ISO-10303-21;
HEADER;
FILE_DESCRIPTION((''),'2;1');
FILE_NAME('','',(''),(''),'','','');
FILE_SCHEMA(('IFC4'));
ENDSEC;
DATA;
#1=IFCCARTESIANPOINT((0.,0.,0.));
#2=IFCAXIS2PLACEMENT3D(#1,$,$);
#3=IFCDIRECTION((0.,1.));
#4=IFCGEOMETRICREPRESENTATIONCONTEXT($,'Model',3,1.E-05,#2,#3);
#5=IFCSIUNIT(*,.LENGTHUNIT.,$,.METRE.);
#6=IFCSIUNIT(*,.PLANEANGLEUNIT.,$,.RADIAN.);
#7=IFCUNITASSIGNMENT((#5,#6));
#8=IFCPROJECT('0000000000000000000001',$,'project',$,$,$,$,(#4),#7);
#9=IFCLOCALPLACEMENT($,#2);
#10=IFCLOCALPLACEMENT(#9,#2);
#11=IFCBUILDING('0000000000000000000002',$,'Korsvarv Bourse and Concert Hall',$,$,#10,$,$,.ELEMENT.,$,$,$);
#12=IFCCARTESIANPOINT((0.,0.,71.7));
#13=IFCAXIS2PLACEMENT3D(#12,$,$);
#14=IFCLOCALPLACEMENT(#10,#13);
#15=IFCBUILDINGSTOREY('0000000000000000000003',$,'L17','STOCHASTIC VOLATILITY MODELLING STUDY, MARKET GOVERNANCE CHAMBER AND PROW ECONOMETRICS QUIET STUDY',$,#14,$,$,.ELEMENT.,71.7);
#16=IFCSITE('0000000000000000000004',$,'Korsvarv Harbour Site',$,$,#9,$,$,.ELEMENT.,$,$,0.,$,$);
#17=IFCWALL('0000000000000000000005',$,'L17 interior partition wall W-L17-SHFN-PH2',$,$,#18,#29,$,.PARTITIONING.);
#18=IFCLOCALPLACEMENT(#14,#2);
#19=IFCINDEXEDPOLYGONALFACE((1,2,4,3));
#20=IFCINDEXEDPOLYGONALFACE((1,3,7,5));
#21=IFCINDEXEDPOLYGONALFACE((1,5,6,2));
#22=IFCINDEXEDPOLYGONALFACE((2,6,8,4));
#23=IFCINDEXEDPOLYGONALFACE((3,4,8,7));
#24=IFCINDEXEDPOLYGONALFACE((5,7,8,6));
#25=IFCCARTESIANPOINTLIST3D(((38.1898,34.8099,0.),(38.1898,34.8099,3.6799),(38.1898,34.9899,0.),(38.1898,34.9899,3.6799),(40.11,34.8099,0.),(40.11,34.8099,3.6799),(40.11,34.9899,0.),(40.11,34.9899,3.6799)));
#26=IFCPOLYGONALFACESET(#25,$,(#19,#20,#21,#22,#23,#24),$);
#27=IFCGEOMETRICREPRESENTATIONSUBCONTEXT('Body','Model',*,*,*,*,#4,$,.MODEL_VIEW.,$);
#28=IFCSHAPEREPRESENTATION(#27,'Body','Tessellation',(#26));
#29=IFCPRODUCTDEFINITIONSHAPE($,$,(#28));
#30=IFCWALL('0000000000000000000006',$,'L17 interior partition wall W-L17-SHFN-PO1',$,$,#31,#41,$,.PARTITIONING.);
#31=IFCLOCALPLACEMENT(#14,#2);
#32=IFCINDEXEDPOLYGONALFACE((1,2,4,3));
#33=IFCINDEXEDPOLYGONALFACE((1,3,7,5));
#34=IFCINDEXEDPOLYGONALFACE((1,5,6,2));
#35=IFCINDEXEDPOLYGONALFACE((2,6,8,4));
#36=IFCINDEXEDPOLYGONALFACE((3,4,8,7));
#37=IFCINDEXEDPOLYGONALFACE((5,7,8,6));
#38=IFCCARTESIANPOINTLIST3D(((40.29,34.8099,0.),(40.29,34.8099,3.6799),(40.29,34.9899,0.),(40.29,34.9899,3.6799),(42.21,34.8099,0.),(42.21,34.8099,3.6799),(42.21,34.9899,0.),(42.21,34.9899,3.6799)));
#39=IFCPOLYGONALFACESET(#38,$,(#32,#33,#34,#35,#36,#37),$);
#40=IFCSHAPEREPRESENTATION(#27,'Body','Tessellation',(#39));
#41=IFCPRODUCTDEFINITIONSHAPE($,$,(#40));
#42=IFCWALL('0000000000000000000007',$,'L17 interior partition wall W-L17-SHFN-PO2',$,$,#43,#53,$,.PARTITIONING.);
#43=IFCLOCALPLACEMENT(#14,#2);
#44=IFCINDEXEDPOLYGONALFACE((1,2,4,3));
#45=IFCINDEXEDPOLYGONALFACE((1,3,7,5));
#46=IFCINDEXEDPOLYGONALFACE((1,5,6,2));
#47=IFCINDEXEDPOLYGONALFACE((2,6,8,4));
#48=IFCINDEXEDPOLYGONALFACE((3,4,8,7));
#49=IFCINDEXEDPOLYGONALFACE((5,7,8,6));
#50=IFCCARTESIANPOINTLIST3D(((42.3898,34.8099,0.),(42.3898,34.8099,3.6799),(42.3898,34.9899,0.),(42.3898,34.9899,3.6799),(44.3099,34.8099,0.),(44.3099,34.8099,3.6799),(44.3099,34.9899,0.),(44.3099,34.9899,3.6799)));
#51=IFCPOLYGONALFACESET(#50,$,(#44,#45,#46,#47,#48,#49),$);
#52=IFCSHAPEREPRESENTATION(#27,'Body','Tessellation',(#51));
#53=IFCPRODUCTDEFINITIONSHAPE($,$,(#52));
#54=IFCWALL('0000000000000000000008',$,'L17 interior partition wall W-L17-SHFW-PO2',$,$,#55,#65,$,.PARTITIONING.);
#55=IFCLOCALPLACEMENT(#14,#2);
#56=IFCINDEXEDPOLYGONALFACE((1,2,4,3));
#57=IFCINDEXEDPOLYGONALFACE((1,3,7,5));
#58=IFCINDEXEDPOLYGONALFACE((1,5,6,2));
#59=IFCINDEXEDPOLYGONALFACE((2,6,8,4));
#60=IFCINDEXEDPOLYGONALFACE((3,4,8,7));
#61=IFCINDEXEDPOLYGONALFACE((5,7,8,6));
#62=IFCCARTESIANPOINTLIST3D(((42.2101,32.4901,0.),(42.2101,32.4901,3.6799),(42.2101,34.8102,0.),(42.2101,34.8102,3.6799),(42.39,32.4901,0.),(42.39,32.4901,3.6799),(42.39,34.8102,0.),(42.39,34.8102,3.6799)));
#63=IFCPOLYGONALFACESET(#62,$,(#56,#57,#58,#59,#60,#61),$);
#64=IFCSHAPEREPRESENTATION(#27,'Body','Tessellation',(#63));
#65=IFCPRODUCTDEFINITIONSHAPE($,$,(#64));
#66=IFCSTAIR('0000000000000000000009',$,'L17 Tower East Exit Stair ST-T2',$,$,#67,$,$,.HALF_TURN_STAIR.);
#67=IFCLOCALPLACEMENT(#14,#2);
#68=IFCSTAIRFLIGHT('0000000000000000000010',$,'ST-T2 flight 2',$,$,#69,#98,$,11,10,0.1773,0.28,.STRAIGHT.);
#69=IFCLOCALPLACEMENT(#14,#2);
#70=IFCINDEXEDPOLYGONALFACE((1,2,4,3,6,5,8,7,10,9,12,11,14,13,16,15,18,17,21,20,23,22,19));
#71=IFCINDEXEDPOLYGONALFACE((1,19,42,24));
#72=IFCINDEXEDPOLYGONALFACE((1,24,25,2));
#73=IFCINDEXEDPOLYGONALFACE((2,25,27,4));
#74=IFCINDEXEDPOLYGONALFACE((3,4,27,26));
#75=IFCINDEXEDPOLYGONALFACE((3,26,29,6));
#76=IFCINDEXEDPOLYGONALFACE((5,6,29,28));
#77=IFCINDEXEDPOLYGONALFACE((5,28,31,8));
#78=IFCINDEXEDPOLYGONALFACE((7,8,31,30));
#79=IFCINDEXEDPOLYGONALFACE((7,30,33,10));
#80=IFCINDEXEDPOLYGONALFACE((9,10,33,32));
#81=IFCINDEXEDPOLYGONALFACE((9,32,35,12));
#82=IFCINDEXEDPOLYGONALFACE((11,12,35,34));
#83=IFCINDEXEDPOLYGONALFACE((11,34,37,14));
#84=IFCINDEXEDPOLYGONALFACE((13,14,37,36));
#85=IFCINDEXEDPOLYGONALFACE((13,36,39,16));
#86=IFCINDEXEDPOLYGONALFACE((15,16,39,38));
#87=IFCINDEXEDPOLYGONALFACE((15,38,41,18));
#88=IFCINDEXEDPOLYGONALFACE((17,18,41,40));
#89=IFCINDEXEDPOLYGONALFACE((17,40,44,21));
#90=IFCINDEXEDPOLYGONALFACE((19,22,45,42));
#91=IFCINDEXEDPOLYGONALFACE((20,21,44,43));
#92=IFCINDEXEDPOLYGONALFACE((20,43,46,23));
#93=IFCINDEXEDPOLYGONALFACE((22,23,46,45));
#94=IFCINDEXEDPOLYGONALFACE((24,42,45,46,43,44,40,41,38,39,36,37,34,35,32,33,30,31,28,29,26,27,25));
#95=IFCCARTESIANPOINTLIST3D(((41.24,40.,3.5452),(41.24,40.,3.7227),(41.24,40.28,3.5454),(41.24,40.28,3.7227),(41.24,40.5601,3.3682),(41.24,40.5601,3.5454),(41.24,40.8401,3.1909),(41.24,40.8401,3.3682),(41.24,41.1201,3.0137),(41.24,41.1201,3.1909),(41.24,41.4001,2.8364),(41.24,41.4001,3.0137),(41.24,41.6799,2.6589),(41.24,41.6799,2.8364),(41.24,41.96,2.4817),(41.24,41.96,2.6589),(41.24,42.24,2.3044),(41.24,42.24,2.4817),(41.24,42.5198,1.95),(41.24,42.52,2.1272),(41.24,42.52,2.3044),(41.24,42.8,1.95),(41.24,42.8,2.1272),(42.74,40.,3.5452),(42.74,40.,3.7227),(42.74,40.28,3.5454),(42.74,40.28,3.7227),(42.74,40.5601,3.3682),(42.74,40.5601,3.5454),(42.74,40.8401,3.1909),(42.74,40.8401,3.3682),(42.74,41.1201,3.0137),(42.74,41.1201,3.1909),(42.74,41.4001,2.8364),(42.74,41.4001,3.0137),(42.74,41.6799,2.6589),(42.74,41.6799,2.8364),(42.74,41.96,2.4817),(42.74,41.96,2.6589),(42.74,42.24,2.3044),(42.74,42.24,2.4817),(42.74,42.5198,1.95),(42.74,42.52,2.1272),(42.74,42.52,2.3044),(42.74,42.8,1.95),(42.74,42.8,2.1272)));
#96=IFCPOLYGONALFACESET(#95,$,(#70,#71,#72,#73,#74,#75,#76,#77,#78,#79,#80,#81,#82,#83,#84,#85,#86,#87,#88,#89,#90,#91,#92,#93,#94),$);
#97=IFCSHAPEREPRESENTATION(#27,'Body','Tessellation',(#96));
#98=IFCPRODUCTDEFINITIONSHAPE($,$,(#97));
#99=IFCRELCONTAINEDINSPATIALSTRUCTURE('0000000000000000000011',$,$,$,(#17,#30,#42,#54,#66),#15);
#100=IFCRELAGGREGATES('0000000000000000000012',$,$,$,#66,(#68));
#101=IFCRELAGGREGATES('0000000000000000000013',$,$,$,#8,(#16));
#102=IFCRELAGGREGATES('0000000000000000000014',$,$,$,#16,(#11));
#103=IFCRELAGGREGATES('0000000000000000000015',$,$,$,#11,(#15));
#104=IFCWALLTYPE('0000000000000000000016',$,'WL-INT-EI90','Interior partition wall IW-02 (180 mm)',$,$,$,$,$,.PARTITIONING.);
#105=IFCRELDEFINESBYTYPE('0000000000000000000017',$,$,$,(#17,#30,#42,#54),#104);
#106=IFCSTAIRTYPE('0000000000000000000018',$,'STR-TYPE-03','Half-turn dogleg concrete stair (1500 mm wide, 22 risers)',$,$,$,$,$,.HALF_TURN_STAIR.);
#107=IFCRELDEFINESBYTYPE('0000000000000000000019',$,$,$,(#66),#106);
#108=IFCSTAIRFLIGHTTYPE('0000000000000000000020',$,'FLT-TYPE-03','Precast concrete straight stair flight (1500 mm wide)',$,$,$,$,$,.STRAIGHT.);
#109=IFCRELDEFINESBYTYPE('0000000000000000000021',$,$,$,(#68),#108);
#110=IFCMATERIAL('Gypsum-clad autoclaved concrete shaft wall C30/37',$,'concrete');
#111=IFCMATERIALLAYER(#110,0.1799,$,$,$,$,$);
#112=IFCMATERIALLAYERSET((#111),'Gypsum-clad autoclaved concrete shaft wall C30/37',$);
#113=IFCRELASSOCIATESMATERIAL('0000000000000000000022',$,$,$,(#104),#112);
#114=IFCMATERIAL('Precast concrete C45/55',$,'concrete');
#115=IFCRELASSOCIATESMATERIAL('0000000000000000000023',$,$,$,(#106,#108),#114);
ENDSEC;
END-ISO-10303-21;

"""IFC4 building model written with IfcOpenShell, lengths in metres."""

from ifc_helpers import new_model, si_unit, direction, frame, frame_2d, origin, place, context, subcontext, project, spatial, polyline, rectangle, outline, extrude, material, layer, layer_set, type_object, element, aggregate, save


model = new_model("IFC4")

# Units and contexts
model_context = context("Model", 3, precision=1e-05, world=origin(), true_north=direction((0.0, 1.0)))
body_context = subcontext(model_context, "Body", "Model", "MODEL_VIEW")
ifc_project = project(units=[si_unit("LENGTHUNIT", "METRE"), si_unit("PLANEANGLEUNIT", "RADIAN")], contexts=[model_context])

# Site, building, storey
site_placement = place(None, origin())
site = spatial("IfcSite", under=ifc_project, at=site_placement, Name="Korsvarv Harbour Site", CompositionType="ELEMENT", RefElevation=0.0)
building_placement = place(site_placement, origin())
building = spatial("IfcBuilding", under=site, at=building_placement, Name="Korsvarv Bourse and Concert Hall", CompositionType="ELEMENT")
storey_placement = place(building_placement, frame((0.0, 0.0, 71.7)))
storey = spatial("IfcBuildingStorey", under=building, at=storey_placement, Name="L17", Description="STOCHASTIC VOLATILITY MODELLING STUDY, MARKET GOVERNANCE CHAMBER AND PROW ECONOMETRICS QUIET STUDY", CompositionType="ELEMENT", Elevation=71.7)

# Walls
ifc_material_1 = material(Name="Gypsum-clad autoclaved concrete shaft wall C30/37", Category="concrete")
ifc_layer_1 = layer(ifc_material_1, 0.1799)
ifc_layer_set_1 = layer_set([ifc_layer_1], Name="Gypsum-clad autoclaved concrete shaft wall C30/37")
wall_type_1 = type_object("IfcWallType", Name="WL-INT-EI90", Description="Interior partition wall IW-02 (180 mm)", PredefinedType="PARTITIONING", material=ifc_layer_set_1)
wall_1_placement = place(storey_placement, frame((38.1899, 34.8999, 0.0), z_axis=(0.0, 0.0, 1.0), x_axis=(1.0, 0.0, 0.0)))
element("IfcWall", 1, at=wall_1_placement, inside=storey, type_object=wall_type_1, Name="L17 interior partition wall W-L17-SHFN-PH2", PredefinedType="PARTITIONING", context=body_context, shape_type="SweptSolid", body=[
    extrude(rectangle(XDim=1.9202, YDim=0.1799, at=frame_2d((0.96, 0.0))), origin(), (0.0, 0.0, 1.0), 3.6799),
])
wall_2_placement = place(storey_placement, frame((40.29, 34.8999, 0.0), z_axis=(0.0, 0.0, 1.0), x_axis=(1.0, 0.0, 0.0)))
element("IfcWall", 2, at=wall_2_placement, inside=storey, type_object=wall_type_1, Name="L17 interior partition wall W-L17-SHFN-PO1", PredefinedType="PARTITIONING", context=body_context, shape_type="SweptSolid", body=[
    extrude(rectangle(XDim=1.9199, YDim=0.1799, at=frame_2d((0.96, 0.0))), origin(), (0.0, 0.0, 1.0), 3.6799),
])
wall_3_placement = place(storey_placement, frame((42.3899, 34.8999, 0.0), z_axis=(0.0, 0.0, 1.0), x_axis=(1.0, 0.0, 0.0)))
element("IfcWall", 3, at=wall_3_placement, inside=storey, type_object=wall_type_1, Name="L17 interior partition wall W-L17-SHFN-PO2", PredefinedType="PARTITIONING", context=body_context, shape_type="SweptSolid", body=[
    extrude(rectangle(XDim=1.9202, YDim=0.1799, at=frame_2d((0.96, 0.0))), origin(), (0.0, 0.0, 1.0), 3.6799),
])
wall_4_placement = place(storey_placement, frame((42.3, 32.49, 0.0), z_axis=(0.0, 0.0, 1.0), x_axis=(0.0, 1.0, 0.0)))
element("IfcWall", 4, at=wall_4_placement, inside=storey, type_object=wall_type_1, Name="L17 interior partition wall W-L17-SHFW-PO2", PredefinedType="PARTITIONING", context=body_context, shape_type="SweptSolid", body=[
    extrude(rectangle(XDim=2.3201, YDim=0.1799, at=frame_2d((1.1602, 0.0))), origin(), (0.0, 0.0, 1.0), 3.6799),
])

# Stair, stair flight
ifc_material_2 = material(Name="Precast concrete C45/55", Category="concrete")
stair_type = type_object("IfcStairType", Name="STR-TYPE-03", Description="Half-turn dogleg concrete stair (1500 mm wide, 22 risers)", PredefinedType="HALF_TURN_STAIR", material=ifc_material_2)
stair_placement = place(storey_placement, origin())
stair = element("IfcStair", 5, at=stair_placement, inside=storey, type_object=stair_type, Name="L17 Tower East Exit Stair ST-T2", PredefinedType="HALF_TURN_STAIR")
stair_flight_type = type_object("IfcStairFlightType", Name="FLT-TYPE-03", Description="Precast concrete straight stair flight (1500 mm wide)", PredefinedType="STRAIGHT", material=ifc_material_2)
stair_flight_placement = place(storey_placement, frame((41.99, 42.8, 1.95), z_axis=(0.0, 0.0, 1.0), x_axis=(0.0, -1.0, 0.0)))
stair_flight = element("IfcStairFlight", 6, at=stair_flight_placement, type_object=stair_flight_type, Name="ST-T2 flight 2", NumberOfRisers=11, NumberOfTreads=10, PredefinedType="STRAIGHT", RiserHeight=0.1773, TreadLength=0.28, context=body_context, shape_type="SweptSolid", body=[
    extrude(outline(polyline([(0.0, 0.0), (0.0, 0.1772), (0.28, 0.1772), (0.28, 0.3545), (0.5601, 0.3545), (0.5601, 0.5317), (0.8401, 0.5317), (0.8401, 0.709), (1.1201, 0.709), (1.1201, 0.8865), (1.3999, 0.8865), (1.3999, 1.0637), (1.6799, 1.0637), (1.6799, 1.241), (1.96, 1.241), (1.96, 1.4182), (2.24, 1.4182), (2.24, 1.5955), (2.52, 1.5955), (2.52, 1.7727), (2.8, 1.7727), (2.8, 1.95), (2.8, 1.5952), (0.2803, 0.0), (0.0, 0.0)])), frame((0.0, 0.75, 0.0), z_axis=(0.0, -1.0, 0.0), x_axis=(1.0, 0.0, 0.0)), (0.0, 0.0, 1.0), 1.5),
])
aggregate(stair, [stair_flight])

save(model, "model.ifc")
